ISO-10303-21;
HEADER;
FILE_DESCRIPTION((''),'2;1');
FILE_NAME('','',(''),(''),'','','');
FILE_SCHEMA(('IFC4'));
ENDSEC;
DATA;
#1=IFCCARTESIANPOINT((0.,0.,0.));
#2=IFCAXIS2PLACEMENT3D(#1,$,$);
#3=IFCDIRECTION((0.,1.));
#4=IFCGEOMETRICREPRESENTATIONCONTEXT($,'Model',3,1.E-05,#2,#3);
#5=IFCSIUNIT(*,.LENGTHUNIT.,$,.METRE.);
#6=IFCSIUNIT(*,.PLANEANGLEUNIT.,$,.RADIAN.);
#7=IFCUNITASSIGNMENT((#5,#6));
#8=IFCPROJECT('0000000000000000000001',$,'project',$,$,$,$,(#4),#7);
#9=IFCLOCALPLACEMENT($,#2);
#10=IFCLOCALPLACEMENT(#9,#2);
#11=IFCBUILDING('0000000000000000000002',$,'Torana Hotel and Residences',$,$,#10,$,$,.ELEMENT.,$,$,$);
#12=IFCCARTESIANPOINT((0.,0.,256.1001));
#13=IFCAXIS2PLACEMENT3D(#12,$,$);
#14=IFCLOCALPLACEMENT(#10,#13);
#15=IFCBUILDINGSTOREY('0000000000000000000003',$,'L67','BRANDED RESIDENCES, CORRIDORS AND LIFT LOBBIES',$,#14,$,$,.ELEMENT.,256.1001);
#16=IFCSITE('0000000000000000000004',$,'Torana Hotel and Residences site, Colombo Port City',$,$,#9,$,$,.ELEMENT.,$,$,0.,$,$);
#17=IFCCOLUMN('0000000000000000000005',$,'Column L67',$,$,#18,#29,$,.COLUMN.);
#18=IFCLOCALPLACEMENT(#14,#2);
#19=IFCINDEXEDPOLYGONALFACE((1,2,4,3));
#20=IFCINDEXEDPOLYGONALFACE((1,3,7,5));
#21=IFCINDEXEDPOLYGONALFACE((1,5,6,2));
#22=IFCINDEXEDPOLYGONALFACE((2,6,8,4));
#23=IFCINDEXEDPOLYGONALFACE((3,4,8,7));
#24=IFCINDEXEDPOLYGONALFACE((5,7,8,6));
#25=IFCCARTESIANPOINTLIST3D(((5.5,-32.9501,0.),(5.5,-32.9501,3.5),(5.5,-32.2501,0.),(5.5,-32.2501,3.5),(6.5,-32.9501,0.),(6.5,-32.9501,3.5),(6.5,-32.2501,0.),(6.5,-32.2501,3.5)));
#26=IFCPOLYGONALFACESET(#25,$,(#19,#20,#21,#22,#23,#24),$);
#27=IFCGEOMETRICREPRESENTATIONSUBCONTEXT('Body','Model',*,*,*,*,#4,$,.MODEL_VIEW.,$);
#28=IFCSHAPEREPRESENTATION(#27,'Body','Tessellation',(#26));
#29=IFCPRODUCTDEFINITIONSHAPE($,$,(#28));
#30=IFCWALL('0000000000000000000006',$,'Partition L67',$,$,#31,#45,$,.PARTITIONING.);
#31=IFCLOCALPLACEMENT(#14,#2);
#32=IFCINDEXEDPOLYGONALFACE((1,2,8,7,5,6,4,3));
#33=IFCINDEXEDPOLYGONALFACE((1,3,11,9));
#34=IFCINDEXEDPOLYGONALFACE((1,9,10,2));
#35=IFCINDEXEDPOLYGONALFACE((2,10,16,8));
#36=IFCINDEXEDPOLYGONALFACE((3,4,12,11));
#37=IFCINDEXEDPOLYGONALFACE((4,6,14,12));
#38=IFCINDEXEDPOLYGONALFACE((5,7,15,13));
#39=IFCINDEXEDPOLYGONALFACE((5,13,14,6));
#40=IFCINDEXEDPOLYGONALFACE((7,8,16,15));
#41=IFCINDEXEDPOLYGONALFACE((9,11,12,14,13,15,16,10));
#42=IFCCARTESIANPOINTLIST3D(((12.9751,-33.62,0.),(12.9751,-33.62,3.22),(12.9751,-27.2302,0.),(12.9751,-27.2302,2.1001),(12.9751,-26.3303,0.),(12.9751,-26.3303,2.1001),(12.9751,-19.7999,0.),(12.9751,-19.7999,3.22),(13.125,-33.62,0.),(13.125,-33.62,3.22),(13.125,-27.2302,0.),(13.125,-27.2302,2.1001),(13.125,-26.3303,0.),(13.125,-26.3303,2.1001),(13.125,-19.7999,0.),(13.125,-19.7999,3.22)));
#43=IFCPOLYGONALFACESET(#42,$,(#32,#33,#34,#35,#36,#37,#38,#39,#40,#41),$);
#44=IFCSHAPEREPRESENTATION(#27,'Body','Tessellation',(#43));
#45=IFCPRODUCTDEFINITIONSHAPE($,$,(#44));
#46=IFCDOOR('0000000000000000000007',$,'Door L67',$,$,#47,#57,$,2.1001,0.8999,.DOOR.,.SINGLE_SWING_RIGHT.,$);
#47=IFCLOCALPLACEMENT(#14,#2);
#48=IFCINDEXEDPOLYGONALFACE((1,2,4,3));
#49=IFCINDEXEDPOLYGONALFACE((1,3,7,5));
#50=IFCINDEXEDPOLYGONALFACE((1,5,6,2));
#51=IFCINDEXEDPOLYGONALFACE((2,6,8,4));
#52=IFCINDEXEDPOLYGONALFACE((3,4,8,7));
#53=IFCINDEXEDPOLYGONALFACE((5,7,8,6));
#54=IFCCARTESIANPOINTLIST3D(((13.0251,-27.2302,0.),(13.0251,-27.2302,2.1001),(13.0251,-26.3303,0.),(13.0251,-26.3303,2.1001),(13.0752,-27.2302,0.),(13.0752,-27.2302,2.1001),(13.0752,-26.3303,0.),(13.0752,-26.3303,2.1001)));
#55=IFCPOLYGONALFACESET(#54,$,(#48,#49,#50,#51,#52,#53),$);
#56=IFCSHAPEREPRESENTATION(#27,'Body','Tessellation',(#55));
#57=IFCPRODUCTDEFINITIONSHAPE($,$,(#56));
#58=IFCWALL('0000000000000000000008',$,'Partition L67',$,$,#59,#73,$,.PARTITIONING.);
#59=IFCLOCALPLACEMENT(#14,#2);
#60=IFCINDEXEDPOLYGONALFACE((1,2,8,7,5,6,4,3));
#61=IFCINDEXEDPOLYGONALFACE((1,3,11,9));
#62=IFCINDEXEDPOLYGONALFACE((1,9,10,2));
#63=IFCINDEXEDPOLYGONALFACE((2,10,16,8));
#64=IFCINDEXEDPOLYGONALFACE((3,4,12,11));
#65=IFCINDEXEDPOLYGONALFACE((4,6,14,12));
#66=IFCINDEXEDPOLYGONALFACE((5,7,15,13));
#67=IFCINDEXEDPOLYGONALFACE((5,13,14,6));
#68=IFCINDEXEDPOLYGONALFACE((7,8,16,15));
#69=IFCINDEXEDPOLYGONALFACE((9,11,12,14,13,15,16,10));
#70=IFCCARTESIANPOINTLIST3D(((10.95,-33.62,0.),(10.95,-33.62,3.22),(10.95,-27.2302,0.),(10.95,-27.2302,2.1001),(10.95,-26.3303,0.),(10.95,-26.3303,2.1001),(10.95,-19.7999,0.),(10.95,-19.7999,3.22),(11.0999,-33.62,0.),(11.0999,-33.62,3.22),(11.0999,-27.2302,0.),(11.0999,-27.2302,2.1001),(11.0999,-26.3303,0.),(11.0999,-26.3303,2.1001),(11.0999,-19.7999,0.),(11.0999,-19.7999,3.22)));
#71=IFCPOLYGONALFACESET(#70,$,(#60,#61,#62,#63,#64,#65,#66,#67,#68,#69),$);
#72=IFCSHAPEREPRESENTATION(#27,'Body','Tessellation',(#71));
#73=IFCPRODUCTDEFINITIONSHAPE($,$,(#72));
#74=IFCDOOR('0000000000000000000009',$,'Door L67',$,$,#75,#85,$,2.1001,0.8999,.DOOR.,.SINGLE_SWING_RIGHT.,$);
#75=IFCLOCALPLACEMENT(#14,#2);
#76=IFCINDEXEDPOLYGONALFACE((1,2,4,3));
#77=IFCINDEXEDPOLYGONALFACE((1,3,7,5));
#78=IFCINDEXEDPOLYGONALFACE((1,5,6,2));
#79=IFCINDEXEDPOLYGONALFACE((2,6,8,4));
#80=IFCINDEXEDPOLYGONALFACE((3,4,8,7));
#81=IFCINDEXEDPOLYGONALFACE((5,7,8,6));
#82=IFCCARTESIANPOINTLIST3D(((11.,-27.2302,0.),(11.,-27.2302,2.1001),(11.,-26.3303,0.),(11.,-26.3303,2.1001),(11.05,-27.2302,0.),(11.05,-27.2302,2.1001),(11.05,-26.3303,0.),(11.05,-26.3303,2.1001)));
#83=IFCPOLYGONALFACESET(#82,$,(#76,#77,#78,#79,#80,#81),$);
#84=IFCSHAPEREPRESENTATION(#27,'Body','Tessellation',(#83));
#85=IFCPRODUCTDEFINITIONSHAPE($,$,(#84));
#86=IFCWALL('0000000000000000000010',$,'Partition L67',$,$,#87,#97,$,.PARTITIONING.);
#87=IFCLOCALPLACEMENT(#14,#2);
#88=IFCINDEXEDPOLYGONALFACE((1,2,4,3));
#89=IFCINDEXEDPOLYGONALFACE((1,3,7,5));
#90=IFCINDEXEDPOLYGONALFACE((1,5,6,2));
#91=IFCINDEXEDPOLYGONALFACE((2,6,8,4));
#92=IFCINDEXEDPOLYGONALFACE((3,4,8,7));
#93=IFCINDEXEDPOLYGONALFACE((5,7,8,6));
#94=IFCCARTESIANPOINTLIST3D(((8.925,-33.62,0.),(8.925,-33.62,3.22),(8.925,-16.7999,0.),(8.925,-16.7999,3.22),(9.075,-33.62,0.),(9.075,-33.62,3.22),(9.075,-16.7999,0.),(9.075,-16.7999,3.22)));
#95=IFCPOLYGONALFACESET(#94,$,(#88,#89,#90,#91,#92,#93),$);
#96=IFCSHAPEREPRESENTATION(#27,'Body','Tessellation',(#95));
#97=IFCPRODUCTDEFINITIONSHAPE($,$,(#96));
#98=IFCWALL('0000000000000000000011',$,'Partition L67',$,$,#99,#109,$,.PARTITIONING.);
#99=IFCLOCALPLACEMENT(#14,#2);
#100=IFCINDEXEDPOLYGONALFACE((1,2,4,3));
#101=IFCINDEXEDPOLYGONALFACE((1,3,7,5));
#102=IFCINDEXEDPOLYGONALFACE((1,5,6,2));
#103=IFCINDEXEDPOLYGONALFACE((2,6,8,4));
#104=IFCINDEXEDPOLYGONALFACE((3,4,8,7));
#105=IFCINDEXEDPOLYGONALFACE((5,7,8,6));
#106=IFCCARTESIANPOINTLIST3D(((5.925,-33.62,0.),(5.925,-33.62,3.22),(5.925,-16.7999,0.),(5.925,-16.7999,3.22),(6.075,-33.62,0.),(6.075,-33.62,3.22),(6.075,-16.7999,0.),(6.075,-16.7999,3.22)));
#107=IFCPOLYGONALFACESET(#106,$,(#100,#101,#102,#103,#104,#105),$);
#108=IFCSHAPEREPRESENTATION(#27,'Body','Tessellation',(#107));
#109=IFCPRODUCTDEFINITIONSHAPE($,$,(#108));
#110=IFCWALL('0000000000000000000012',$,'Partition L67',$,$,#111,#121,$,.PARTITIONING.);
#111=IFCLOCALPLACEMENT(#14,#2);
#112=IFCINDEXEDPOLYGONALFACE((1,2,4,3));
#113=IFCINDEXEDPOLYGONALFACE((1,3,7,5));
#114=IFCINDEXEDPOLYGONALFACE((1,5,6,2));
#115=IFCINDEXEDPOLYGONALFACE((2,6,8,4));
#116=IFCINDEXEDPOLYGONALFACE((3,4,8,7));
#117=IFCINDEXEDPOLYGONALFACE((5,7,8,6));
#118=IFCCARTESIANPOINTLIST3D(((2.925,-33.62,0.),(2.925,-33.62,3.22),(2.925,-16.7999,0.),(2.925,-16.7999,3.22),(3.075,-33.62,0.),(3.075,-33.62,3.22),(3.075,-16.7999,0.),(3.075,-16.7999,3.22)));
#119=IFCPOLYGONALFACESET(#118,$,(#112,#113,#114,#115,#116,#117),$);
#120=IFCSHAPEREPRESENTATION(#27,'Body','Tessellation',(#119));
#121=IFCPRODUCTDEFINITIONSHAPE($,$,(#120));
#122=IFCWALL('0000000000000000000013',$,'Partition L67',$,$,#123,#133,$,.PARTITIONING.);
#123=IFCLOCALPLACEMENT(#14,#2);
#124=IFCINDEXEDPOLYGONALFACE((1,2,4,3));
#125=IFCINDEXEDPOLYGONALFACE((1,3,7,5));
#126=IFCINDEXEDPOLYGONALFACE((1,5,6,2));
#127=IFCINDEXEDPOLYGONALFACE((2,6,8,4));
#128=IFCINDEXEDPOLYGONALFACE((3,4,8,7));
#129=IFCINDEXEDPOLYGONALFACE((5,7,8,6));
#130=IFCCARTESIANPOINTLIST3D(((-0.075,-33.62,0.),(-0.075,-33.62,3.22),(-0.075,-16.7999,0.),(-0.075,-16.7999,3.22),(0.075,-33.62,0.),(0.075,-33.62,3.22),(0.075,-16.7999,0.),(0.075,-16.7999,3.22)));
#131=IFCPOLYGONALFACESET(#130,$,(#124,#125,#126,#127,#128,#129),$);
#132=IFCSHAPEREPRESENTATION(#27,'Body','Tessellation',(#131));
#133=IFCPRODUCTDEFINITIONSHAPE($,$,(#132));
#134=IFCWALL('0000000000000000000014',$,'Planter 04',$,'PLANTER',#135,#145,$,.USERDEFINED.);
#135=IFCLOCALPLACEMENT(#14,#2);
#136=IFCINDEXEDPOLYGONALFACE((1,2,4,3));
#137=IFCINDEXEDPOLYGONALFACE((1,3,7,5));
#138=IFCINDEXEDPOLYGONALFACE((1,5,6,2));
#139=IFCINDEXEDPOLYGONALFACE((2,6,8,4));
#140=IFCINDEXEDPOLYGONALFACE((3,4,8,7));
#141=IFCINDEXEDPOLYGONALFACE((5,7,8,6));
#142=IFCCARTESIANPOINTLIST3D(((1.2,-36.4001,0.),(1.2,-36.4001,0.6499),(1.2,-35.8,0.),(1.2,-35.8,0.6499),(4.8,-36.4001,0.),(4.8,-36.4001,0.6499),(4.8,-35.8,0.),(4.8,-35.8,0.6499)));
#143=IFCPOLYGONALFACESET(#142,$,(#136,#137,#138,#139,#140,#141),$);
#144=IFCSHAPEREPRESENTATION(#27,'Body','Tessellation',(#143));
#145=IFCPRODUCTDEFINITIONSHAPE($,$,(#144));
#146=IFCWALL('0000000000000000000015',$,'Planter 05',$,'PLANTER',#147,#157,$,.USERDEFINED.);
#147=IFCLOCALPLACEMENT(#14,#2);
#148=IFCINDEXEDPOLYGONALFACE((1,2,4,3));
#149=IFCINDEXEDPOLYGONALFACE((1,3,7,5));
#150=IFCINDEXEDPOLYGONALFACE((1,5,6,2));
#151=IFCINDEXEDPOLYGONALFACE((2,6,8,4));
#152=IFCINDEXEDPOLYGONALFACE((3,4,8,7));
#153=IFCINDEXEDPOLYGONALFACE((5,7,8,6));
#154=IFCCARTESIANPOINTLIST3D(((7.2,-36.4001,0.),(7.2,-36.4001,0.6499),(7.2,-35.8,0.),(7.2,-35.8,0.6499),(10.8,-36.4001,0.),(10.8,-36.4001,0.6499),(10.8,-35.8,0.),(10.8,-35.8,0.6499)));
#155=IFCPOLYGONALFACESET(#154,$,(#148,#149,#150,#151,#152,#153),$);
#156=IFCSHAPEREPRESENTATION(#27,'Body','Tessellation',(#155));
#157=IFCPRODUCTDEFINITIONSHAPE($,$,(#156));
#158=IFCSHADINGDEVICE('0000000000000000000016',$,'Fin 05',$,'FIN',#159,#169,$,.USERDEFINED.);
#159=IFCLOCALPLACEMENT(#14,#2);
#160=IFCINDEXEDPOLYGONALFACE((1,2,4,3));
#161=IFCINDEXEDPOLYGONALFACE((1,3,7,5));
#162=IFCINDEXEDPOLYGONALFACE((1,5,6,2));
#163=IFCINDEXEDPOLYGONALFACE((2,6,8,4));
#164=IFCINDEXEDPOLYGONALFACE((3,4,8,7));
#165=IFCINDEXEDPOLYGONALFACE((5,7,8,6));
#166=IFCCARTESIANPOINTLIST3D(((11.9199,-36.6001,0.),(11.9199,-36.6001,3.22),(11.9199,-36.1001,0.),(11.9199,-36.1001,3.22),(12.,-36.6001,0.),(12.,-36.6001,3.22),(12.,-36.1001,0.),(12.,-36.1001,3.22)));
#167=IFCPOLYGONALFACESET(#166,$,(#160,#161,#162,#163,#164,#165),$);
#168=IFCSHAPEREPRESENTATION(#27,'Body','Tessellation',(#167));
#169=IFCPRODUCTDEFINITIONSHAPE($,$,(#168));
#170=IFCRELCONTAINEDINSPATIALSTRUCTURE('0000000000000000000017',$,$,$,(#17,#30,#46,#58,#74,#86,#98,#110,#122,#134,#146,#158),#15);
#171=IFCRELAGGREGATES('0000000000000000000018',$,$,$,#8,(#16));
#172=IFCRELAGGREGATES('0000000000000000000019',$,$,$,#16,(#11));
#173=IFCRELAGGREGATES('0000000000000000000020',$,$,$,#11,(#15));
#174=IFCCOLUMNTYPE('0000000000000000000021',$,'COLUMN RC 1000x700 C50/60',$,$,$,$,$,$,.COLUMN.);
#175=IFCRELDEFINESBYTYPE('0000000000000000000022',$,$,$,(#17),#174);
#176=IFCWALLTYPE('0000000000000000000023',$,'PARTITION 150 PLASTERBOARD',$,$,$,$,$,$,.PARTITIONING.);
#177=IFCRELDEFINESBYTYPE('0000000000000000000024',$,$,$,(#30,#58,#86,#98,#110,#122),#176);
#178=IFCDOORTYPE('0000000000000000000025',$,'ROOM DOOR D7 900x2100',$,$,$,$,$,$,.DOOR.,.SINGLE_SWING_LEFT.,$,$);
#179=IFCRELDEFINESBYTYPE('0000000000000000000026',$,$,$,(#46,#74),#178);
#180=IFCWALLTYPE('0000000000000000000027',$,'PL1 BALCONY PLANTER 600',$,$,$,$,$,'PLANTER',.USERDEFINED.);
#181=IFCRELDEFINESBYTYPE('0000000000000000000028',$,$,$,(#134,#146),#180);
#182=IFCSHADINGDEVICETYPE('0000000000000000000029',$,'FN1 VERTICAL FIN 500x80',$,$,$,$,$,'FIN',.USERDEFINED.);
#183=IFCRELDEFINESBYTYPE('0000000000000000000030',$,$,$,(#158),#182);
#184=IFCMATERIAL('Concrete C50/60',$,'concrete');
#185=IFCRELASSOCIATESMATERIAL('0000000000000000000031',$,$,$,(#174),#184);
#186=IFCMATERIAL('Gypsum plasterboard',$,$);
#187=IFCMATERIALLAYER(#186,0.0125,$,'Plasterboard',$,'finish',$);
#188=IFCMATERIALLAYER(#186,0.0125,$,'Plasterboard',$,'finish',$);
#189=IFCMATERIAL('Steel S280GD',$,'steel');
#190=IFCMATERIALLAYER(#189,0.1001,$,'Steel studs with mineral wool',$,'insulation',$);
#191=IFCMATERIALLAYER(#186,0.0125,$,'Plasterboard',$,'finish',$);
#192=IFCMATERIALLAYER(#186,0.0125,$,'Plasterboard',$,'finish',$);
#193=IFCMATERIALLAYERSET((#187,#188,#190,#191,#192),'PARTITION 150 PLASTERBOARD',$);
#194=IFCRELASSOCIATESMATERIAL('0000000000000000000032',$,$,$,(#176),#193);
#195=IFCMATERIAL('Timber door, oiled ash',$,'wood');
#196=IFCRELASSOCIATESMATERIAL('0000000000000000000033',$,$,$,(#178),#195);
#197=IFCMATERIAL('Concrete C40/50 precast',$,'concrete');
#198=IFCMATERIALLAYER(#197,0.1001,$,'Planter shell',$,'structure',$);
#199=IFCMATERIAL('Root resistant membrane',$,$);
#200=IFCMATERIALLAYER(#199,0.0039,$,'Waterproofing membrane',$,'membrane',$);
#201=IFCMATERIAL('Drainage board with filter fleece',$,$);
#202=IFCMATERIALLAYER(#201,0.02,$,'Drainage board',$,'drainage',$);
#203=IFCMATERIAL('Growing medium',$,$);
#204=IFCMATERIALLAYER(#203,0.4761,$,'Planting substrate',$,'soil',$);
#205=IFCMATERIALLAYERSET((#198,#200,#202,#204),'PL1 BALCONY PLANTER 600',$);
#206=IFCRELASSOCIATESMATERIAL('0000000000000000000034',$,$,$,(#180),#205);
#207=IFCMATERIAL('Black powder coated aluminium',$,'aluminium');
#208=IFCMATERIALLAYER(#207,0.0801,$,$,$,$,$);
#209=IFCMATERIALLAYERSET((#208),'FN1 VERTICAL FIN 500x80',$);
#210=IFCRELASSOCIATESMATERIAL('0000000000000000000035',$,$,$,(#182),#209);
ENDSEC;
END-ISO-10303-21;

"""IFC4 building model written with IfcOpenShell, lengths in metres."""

from ifc_helpers import new_model, si_unit, direction, frame, frame_2d, origin, origin_2d, place, context, subcontext, project, spatial, rectangle, extrude, material, layer, layer_set, material_profile, profile_set, type_object, element, fill, save


model = new_model("IFC4")

# Units and contexts
model_context = context("Model", 3, precision=1e-05, world=origin(), true_north=direction((0.0, 1.0)))
body_context = subcontext(model_context, "Body", "Model", "MODEL_VIEW")
ifc_project = project(units=[si_unit("LENGTHUNIT", "METRE"), si_unit("PLANEANGLEUNIT", "RADIAN")], contexts=[model_context])

# Site, building, storey
site_placement = place(None, origin())
site = spatial("IfcSite", under=ifc_project, at=site_placement, Name="Torana Hotel and Residences site, Colombo Port City", CompositionType="ELEMENT", RefElevation=0.0)
building_placement = place(site_placement, origin())
building = spatial("IfcBuilding", under=site, at=building_placement, Name="Torana Hotel and Residences", CompositionType="ELEMENT")
storey_placement = place(building_placement, frame((0.0, 0.0, 256.1001)))
storey = spatial("IfcBuildingStorey", under=building, at=storey_placement, Name="L67", Description="BRANDED RESIDENCES, CORRIDORS AND LIFT LOBBIES", CompositionType="ELEMENT", Elevation=256.1001)

# Column
ifc_material_1 = material(Name="Concrete C50/60", Category="concrete")
ifc_material_profile = material_profile(ifc_material_1, rectangle(XDim=1.0, YDim=0.7, at=origin_2d()), Name="RC 1000x700")
ifc_profile_set = profile_set([ifc_material_profile], Name="Concrete C50/60")
column_type = type_object("IfcColumnType", Name="COLUMN RC 1000x700 C50/60", PredefinedType="COLUMN", material=ifc_profile_set)
column_placement = place(storey_placement, frame((6.0, -32.6001, 0.0), z_axis=(0.0, 0.0, 1.0), x_axis=(1.0, 0.0, 0.0)))
element("IfcColumn", 1, at=column_placement, inside=storey, type_object=column_type, Name="Column L67", PredefinedType="COLUMN", context=body_context, shape_type="SweptSolid", body=[
    extrude(rectangle(XDim=1.0, YDim=0.7, at=origin_2d()), origin(), (0.0, 0.0, 1.0), 3.5),
])

# Walls, openings, doors
ifc_material_2 = material(Name="Gypsum plasterboard")
ifc_layer_1 = layer(ifc_material_2, 0.0125, Name="Plasterboard", Category="finish")
ifc_layer_2 = layer(ifc_material_2, 0.0125, Name="Plasterboard", Category="finish")
ifc_material_3 = material(Name="Steel S280GD", Category="steel")
ifc_layer_3 = layer(ifc_material_3, 0.1001, Name="Steel studs with mineral wool", Category="insulation")
ifc_layer_4 = layer(ifc_material_2, 0.0125, Name="Plasterboard", Category="finish")
ifc_layer_5 = layer(ifc_material_2, 0.0125, Name="Plasterboard", Category="finish")
ifc_layer_set_1 = layer_set([ifc_layer_1, ifc_layer_2, ifc_layer_3, ifc_layer_4, ifc_layer_5], Name="PARTITION 150 PLASTERBOARD")
wall_type_1 = type_object("IfcWallType", Name="PARTITION 150 PLASTERBOARD", PredefinedType="PARTITIONING", material=ifc_layer_set_1)
wall_1_placement = place(storey_placement, frame((13.05, -33.6201, 0.0), z_axis=(0.0, 0.0, 1.0), x_axis=(0.0, 1.0, 0.0)))
wall_1 = element("IfcWall", 2, at=wall_1_placement, inside=storey, type_object=wall_type_1, Name="Partition L67", PredefinedType="PARTITIONING", context=body_context, shape_type="SweptSolid", body=[
    extrude(rectangle(XDim=13.8201, YDim=0.1499, at=frame_2d((6.9102, 0.0))), origin(), (0.0, 0.0, 1.0), 3.22),
])
opening_1_placement = place(wall_1_placement, frame((6.3899, 0.0, 0.0)))
opening_1 = element("IfcOpeningElement", 3, at=opening_1_placement, cuts=wall_1, PredefinedType="OPENING", context=body_context, shape_type="SweptSolid", body=[
    extrude(rectangle(XDim=0.8999, YDim=2.1001, at=frame_2d((0.45, 1.05))), frame((0.0, 0.085, 0.0), z_axis=(0.0, -1.0, 0.0), x_axis=(1.0, 0.0, 0.0)), (0.0, 0.0, 1.0), 0.1699),
])
ifc_material_4 = material(Name="Timber door, oiled ash", Category="wood")
door_type = type_object("IfcDoorType", Name="ROOM DOOR D7 900x2100", OperationType="SINGLE_SWING_LEFT", PredefinedType="DOOR", material=ifc_material_4)
door_1_placement = place(opening_1_placement, origin())
door_1 = element("IfcDoor", 4, at=door_1_placement, inside=storey, type_object=door_type, Name="Door L67", OperationType="SINGLE_SWING_RIGHT", OverallHeight=2.1001, OverallWidth=0.8999, PredefinedType="DOOR", context=body_context, shape_type="SweptSolid", body=[
    extrude(rectangle(XDim=0.8999, YDim=2.1001, at=frame_2d((0.45, 1.05))), frame((0.0, 0.0249, 0.0), z_axis=(0.0, -1.0, 0.0), x_axis=(1.0, 0.0, 0.0)), (0.0, 0.0, 1.0), 0.05),
])
fill(opening_1, door_1)
wall_2_placement = place(storey_placement, frame((11.0249, -33.6201, 0.0), z_axis=(0.0, 0.0, 1.0), x_axis=(0.0, 1.0, 0.0)))
wall_2 = element("IfcWall", 5, at=wall_2_placement, inside=storey, type_object=wall_type_1, Name="Partition L67", PredefinedType="PARTITIONING", context=body_context, shape_type="SweptSolid", body=[
    extrude(rectangle(XDim=13.8201, YDim=0.1499, at=frame_2d((6.9102, 0.0))), origin(), (0.0, 0.0, 1.0), 3.22),
])
opening_2_placement = place(wall_2_placement, frame((6.3899, 0.0, 0.0)))
opening_2 = element("IfcOpeningElement", 6, at=opening_2_placement, cuts=wall_2, PredefinedType="OPENING", context=body_context, shape_type="SweptSolid", body=[
    extrude(rectangle(XDim=0.8999, YDim=2.1001, at=frame_2d((0.45, 1.05))), frame((0.0, 0.085, 0.0), z_axis=(0.0, -1.0, 0.0), x_axis=(1.0, 0.0, 0.0)), (0.0, 0.0, 1.0), 0.1699),
])
door_2_placement = place(opening_2_placement, origin())
door_2 = element("IfcDoor", 7, at=door_2_placement, inside=storey, type_object=door_type, Name="Door L67", OperationType="SINGLE_SWING_RIGHT", OverallHeight=2.1001, OverallWidth=0.8999, PredefinedType="DOOR", context=body_context, shape_type="SweptSolid", body=[
    extrude(rectangle(XDim=0.8999, YDim=2.1001, at=frame_2d((0.45, 1.05))), frame((0.0, 0.0249, 0.0), z_axis=(0.0, -1.0, 0.0), x_axis=(1.0, 0.0, 0.0)), (0.0, 0.0, 1.0), 0.05),
])
fill(opening_2, door_2)

# Walls
for number, where, z_axis, x_axis, name in (
    (8, (9.0, -33.6201, 0.0), (0.0, 0.0, 1.0), (0.0, 1.0, 0.0), "Partition L67"),
    (9, (6.0, -33.6201, 0.0), (0.0, 0.0, 1.0), (0.0, 1.0, 0.0), "Partition L67"),
    (10, (3.0, -33.6201, 0.0), (0.0, 0.0, 1.0), (0.0, 1.0, 0.0), "Partition L67"),
    (11, (0.0, -33.6201, 0.0), (0.0, 0.0, 1.0), (0.0, 1.0, 0.0), "Partition L67"),
):
    element("IfcWall", number, at=place(storey_placement, frame(where, z_axis=z_axis, x_axis=x_axis)), inside=storey, type_object=wall_type_1, Name=name, PredefinedType="PARTITIONING", context=body_context, shape_type="SweptSolid", body=[
        extrude(rectangle(XDim=16.8201, YDim=0.1499, at=frame_2d((8.4102, 0.0))), origin(), (0.0, 0.0, 1.0), 3.22),
    ])
ifc_material_5 = material(Name="Concrete C40/50 precast", Category="concrete")
ifc_layer_6 = layer(ifc_material_5, 0.1001, Name="Planter shell", Category="structure")
ifc_material_6 = material(Name="Root resistant membrane")
ifc_layer_7 = layer(ifc_material_6, 0.0039, Name="Waterproofing membrane", Category="membrane")
ifc_material_7 = material(Name="Drainage board with filter fleece")
ifc_layer_8 = layer(ifc_material_7, 0.02, Name="Drainage board", Category="drainage")
ifc_material_8 = material(Name="Growing medium")
ifc_layer_9 = layer(ifc_material_8, 0.4761, Name="Planting substrate", Category="soil")
ifc_layer_set_2 = layer_set([ifc_layer_6, ifc_layer_7, ifc_layer_8, ifc_layer_9], Name="PL1 BALCONY PLANTER 600")
wall_type_2 = type_object("IfcWallType", Name="PL1 BALCONY PLANTER 600", ElementType="PLANTER", PredefinedType="USERDEFINED", material=ifc_layer_set_2)
for number, where, z_axis, x_axis, name in (
    (12, (4.8, -36.1001, 0.0), (0.0, 0.0, 1.0), (-1.0, 0.0, 0.0), "Planter 04"),
    (13, (10.8, -36.1001, 0.0), (0.0, 0.0, 1.0), (-1.0, 0.0, 0.0), "Planter 05"),
):
    element("IfcWall", number, at=place(storey_placement, frame(where, z_axis=z_axis, x_axis=x_axis)), inside=storey, type_object=wall_type_2, Name=name, ObjectType="PLANTER", PredefinedType="USERDEFINED", context=body_context, shape_type="SweptSolid", body=[
        extrude(rectangle(XDim=3.6001, YDim=0.6001, at=frame_2d((1.8, 0.0))), origin(), (0.0, 0.0, 1.0), 0.6499),
    ])

# Shading device
ifc_material_9 = material(Name="Black powder coated aluminium", Category="aluminium")
ifc_layer_10 = layer(ifc_material_9, 0.0801)
ifc_layer_set_3 = layer_set([ifc_layer_10], Name="FN1 VERTICAL FIN 500x80")
shading_device_type = type_object("IfcShadingDeviceType", Name="FN1 VERTICAL FIN 500x80", ElementType="FIN", PredefinedType="USERDEFINED", material=ifc_layer_set_3)
shading_device_placement = place(storey_placement, frame((11.96, -36.3501, 0.0), z_axis=(0.0, 0.0, 1.0), x_axis=(-1.0, 0.0, 0.0)))
element("IfcShadingDevice", 14, at=shading_device_placement, inside=storey, type_object=shading_device_type, Name="Fin 05", ObjectType="FIN", PredefinedType="USERDEFINED", context=body_context, shape_type="SweptSolid", body=[
    extrude(rectangle(XDim=0.0801, YDim=0.5, at=origin_2d()), origin(), (0.0, 0.0, 1.0), 3.22),
])

save(model, "model.ifc")
